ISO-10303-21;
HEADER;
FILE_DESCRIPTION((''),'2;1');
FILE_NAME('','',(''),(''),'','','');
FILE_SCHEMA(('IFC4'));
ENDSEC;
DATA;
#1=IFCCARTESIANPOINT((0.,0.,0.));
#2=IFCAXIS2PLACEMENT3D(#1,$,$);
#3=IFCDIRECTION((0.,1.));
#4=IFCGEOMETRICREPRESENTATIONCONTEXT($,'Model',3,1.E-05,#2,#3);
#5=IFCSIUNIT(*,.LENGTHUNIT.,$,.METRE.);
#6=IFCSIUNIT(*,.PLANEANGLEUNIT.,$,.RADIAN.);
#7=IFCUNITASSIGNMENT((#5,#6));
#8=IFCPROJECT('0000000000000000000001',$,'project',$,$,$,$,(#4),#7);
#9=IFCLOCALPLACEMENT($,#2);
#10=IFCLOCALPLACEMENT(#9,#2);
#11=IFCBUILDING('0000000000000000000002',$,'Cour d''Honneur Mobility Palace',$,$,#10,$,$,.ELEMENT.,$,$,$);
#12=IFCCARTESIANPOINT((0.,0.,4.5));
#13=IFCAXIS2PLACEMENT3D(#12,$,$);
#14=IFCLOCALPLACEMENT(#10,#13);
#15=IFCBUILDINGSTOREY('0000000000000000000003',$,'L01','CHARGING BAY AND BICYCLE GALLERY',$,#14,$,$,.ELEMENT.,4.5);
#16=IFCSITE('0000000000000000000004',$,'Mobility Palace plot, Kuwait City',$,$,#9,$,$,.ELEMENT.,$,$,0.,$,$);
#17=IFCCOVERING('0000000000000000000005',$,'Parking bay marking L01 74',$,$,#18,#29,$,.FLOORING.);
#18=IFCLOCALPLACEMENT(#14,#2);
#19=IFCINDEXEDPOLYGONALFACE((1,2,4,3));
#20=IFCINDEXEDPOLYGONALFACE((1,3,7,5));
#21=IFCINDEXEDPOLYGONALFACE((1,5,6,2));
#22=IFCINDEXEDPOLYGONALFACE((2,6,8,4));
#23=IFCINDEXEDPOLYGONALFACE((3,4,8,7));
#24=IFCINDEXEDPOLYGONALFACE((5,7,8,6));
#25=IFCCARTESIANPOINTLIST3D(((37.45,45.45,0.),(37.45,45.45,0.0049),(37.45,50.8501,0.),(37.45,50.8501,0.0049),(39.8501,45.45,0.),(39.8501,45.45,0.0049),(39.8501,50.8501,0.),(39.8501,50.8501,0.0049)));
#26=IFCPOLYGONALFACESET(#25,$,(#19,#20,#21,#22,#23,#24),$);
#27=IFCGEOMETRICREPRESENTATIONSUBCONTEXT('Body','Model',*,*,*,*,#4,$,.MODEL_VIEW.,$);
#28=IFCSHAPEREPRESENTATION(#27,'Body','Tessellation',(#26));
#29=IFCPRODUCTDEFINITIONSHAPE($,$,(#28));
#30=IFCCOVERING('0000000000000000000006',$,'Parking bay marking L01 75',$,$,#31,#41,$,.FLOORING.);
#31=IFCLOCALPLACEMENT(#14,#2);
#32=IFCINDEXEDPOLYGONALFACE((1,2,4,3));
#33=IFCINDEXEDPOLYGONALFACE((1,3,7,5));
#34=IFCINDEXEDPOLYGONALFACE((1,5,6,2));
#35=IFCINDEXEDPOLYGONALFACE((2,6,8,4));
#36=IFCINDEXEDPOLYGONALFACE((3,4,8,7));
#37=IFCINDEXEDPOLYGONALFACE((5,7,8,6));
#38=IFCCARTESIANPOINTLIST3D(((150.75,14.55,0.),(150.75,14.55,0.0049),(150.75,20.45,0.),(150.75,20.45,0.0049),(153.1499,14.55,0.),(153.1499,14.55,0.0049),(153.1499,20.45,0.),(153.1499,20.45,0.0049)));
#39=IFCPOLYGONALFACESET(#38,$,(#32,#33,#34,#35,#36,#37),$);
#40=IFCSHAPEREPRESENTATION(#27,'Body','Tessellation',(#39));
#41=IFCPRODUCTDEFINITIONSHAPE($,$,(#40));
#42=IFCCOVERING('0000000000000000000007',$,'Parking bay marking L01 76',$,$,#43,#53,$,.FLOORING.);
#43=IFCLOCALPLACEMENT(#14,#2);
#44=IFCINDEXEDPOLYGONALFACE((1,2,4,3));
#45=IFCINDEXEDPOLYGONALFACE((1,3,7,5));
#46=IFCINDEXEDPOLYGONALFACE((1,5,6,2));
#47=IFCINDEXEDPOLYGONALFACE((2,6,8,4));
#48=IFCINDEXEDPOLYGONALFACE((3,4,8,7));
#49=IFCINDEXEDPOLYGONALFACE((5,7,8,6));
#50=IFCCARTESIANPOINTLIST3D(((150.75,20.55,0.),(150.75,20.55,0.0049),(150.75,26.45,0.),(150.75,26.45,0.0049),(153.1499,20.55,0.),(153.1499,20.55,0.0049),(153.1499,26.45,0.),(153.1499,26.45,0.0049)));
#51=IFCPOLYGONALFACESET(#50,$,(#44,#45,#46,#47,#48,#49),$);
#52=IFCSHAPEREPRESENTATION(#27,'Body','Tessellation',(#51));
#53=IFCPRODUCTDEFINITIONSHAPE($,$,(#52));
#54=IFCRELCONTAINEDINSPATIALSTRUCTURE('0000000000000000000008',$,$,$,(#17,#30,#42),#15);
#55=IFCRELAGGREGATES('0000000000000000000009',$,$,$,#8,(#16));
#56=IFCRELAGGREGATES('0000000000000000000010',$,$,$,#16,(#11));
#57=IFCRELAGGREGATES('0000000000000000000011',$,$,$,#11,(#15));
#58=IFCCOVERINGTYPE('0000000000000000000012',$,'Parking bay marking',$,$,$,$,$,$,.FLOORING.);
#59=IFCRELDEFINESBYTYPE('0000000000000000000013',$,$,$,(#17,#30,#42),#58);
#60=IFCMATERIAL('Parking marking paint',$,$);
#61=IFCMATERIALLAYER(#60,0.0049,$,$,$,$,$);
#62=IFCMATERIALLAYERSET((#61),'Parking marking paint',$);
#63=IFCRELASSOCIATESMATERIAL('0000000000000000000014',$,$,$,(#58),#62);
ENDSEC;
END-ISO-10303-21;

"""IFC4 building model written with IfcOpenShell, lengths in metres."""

from ifc_helpers import new_model, si_unit, direction, frame, origin, place, context, subcontext, project, spatial, polyline, outline, extrude, material, layer, layer_set, type_object, element, save


model = new_model("IFC4")

# Units and contexts
model_context = context("Model", 3, precision=1e-05, world=origin(), true_north=direction((0.0, 1.0)))
body_context = subcontext(model_context, "Body", "Model", "MODEL_VIEW")
ifc_project = project(units=[si_unit("LENGTHUNIT", "METRE"), si_unit("PLANEANGLEUNIT", "RADIAN")], contexts=[model_context])

# Site, building, storey
site_placement = place(None, origin())
site = spatial("IfcSite", under=ifc_project, at=site_placement, Name="Mobility Palace plot, Kuwait City", CompositionType="ELEMENT", RefElevation=0.0)
building_placement = place(site_placement, origin())
building = spatial("IfcBuilding", under=site, at=building_placement, Name="Cour d'Honneur Mobility Palace", CompositionType="ELEMENT")
storey_placement = place(building_placement, frame((0.0, 0.0, 4.5)))
storey = spatial("IfcBuildingStorey", under=building, at=storey_placement, Name="L01", Description="CHARGING BAY AND BICYCLE GALLERY", CompositionType="ELEMENT", Elevation=4.5)

# Coverings
ifc_material_1 = material(Name="Parking marking paint")
ifc_layer = layer(ifc_material_1, 0.0049)
ifc_layer_set = layer_set([ifc_layer], Name="Parking marking paint")
covering_type = type_object("IfcCoveringType", Name="Parking bay marking", PredefinedType="FLOORING", material=ifc_layer_set)
covering_1_placement = place(storey_placement, origin())
element("IfcCovering", 1, at=covering_1_placement, inside=storey, type_object=covering_type, Name="Parking bay marking L01 74", PredefinedType="FLOORING", context=body_context, shape_type="SweptSolid", body=[
    extrude(outline(polyline([(39.8501, 45.45), (37.45, 45.45), (37.45, 50.8501), (39.8501, 50.8501), (39.8501, 45.45)])), origin(), (0.0, 0.0, 1.0), 0.0049),
])
covering_2_placement = place(storey_placement, origin())
element("IfcCovering", 2, at=covering_2_placement, inside=storey, type_object=covering_type, Name="Parking bay marking L01 75", PredefinedType="FLOORING", context=body_context, shape_type="SweptSolid", body=[
    extrude(outline(polyline([(153.1499, 14.55), (150.75, 14.55), (150.75, 20.45), (153.1499, 20.45), (153.1499, 14.55)])), origin(), (0.0, 0.0, 1.0), 0.0049),
])
covering_3_placement = place(storey_placement, origin())
element("IfcCovering", 3, at=covering_3_placement, inside=storey, type_object=covering_type, Name="Parking bay marking L01 76", PredefinedType="FLOORING", context=body_context, shape_type="SweptSolid", body=[
    extrude(outline(polyline([(153.1499, 20.55), (150.75, 20.55), (150.75, 26.45), (153.1499, 26.45), (153.1499, 20.55)])), origin(), (0.0, 0.0, 1.0), 0.0049),
])

save(model, "model.ifc")
